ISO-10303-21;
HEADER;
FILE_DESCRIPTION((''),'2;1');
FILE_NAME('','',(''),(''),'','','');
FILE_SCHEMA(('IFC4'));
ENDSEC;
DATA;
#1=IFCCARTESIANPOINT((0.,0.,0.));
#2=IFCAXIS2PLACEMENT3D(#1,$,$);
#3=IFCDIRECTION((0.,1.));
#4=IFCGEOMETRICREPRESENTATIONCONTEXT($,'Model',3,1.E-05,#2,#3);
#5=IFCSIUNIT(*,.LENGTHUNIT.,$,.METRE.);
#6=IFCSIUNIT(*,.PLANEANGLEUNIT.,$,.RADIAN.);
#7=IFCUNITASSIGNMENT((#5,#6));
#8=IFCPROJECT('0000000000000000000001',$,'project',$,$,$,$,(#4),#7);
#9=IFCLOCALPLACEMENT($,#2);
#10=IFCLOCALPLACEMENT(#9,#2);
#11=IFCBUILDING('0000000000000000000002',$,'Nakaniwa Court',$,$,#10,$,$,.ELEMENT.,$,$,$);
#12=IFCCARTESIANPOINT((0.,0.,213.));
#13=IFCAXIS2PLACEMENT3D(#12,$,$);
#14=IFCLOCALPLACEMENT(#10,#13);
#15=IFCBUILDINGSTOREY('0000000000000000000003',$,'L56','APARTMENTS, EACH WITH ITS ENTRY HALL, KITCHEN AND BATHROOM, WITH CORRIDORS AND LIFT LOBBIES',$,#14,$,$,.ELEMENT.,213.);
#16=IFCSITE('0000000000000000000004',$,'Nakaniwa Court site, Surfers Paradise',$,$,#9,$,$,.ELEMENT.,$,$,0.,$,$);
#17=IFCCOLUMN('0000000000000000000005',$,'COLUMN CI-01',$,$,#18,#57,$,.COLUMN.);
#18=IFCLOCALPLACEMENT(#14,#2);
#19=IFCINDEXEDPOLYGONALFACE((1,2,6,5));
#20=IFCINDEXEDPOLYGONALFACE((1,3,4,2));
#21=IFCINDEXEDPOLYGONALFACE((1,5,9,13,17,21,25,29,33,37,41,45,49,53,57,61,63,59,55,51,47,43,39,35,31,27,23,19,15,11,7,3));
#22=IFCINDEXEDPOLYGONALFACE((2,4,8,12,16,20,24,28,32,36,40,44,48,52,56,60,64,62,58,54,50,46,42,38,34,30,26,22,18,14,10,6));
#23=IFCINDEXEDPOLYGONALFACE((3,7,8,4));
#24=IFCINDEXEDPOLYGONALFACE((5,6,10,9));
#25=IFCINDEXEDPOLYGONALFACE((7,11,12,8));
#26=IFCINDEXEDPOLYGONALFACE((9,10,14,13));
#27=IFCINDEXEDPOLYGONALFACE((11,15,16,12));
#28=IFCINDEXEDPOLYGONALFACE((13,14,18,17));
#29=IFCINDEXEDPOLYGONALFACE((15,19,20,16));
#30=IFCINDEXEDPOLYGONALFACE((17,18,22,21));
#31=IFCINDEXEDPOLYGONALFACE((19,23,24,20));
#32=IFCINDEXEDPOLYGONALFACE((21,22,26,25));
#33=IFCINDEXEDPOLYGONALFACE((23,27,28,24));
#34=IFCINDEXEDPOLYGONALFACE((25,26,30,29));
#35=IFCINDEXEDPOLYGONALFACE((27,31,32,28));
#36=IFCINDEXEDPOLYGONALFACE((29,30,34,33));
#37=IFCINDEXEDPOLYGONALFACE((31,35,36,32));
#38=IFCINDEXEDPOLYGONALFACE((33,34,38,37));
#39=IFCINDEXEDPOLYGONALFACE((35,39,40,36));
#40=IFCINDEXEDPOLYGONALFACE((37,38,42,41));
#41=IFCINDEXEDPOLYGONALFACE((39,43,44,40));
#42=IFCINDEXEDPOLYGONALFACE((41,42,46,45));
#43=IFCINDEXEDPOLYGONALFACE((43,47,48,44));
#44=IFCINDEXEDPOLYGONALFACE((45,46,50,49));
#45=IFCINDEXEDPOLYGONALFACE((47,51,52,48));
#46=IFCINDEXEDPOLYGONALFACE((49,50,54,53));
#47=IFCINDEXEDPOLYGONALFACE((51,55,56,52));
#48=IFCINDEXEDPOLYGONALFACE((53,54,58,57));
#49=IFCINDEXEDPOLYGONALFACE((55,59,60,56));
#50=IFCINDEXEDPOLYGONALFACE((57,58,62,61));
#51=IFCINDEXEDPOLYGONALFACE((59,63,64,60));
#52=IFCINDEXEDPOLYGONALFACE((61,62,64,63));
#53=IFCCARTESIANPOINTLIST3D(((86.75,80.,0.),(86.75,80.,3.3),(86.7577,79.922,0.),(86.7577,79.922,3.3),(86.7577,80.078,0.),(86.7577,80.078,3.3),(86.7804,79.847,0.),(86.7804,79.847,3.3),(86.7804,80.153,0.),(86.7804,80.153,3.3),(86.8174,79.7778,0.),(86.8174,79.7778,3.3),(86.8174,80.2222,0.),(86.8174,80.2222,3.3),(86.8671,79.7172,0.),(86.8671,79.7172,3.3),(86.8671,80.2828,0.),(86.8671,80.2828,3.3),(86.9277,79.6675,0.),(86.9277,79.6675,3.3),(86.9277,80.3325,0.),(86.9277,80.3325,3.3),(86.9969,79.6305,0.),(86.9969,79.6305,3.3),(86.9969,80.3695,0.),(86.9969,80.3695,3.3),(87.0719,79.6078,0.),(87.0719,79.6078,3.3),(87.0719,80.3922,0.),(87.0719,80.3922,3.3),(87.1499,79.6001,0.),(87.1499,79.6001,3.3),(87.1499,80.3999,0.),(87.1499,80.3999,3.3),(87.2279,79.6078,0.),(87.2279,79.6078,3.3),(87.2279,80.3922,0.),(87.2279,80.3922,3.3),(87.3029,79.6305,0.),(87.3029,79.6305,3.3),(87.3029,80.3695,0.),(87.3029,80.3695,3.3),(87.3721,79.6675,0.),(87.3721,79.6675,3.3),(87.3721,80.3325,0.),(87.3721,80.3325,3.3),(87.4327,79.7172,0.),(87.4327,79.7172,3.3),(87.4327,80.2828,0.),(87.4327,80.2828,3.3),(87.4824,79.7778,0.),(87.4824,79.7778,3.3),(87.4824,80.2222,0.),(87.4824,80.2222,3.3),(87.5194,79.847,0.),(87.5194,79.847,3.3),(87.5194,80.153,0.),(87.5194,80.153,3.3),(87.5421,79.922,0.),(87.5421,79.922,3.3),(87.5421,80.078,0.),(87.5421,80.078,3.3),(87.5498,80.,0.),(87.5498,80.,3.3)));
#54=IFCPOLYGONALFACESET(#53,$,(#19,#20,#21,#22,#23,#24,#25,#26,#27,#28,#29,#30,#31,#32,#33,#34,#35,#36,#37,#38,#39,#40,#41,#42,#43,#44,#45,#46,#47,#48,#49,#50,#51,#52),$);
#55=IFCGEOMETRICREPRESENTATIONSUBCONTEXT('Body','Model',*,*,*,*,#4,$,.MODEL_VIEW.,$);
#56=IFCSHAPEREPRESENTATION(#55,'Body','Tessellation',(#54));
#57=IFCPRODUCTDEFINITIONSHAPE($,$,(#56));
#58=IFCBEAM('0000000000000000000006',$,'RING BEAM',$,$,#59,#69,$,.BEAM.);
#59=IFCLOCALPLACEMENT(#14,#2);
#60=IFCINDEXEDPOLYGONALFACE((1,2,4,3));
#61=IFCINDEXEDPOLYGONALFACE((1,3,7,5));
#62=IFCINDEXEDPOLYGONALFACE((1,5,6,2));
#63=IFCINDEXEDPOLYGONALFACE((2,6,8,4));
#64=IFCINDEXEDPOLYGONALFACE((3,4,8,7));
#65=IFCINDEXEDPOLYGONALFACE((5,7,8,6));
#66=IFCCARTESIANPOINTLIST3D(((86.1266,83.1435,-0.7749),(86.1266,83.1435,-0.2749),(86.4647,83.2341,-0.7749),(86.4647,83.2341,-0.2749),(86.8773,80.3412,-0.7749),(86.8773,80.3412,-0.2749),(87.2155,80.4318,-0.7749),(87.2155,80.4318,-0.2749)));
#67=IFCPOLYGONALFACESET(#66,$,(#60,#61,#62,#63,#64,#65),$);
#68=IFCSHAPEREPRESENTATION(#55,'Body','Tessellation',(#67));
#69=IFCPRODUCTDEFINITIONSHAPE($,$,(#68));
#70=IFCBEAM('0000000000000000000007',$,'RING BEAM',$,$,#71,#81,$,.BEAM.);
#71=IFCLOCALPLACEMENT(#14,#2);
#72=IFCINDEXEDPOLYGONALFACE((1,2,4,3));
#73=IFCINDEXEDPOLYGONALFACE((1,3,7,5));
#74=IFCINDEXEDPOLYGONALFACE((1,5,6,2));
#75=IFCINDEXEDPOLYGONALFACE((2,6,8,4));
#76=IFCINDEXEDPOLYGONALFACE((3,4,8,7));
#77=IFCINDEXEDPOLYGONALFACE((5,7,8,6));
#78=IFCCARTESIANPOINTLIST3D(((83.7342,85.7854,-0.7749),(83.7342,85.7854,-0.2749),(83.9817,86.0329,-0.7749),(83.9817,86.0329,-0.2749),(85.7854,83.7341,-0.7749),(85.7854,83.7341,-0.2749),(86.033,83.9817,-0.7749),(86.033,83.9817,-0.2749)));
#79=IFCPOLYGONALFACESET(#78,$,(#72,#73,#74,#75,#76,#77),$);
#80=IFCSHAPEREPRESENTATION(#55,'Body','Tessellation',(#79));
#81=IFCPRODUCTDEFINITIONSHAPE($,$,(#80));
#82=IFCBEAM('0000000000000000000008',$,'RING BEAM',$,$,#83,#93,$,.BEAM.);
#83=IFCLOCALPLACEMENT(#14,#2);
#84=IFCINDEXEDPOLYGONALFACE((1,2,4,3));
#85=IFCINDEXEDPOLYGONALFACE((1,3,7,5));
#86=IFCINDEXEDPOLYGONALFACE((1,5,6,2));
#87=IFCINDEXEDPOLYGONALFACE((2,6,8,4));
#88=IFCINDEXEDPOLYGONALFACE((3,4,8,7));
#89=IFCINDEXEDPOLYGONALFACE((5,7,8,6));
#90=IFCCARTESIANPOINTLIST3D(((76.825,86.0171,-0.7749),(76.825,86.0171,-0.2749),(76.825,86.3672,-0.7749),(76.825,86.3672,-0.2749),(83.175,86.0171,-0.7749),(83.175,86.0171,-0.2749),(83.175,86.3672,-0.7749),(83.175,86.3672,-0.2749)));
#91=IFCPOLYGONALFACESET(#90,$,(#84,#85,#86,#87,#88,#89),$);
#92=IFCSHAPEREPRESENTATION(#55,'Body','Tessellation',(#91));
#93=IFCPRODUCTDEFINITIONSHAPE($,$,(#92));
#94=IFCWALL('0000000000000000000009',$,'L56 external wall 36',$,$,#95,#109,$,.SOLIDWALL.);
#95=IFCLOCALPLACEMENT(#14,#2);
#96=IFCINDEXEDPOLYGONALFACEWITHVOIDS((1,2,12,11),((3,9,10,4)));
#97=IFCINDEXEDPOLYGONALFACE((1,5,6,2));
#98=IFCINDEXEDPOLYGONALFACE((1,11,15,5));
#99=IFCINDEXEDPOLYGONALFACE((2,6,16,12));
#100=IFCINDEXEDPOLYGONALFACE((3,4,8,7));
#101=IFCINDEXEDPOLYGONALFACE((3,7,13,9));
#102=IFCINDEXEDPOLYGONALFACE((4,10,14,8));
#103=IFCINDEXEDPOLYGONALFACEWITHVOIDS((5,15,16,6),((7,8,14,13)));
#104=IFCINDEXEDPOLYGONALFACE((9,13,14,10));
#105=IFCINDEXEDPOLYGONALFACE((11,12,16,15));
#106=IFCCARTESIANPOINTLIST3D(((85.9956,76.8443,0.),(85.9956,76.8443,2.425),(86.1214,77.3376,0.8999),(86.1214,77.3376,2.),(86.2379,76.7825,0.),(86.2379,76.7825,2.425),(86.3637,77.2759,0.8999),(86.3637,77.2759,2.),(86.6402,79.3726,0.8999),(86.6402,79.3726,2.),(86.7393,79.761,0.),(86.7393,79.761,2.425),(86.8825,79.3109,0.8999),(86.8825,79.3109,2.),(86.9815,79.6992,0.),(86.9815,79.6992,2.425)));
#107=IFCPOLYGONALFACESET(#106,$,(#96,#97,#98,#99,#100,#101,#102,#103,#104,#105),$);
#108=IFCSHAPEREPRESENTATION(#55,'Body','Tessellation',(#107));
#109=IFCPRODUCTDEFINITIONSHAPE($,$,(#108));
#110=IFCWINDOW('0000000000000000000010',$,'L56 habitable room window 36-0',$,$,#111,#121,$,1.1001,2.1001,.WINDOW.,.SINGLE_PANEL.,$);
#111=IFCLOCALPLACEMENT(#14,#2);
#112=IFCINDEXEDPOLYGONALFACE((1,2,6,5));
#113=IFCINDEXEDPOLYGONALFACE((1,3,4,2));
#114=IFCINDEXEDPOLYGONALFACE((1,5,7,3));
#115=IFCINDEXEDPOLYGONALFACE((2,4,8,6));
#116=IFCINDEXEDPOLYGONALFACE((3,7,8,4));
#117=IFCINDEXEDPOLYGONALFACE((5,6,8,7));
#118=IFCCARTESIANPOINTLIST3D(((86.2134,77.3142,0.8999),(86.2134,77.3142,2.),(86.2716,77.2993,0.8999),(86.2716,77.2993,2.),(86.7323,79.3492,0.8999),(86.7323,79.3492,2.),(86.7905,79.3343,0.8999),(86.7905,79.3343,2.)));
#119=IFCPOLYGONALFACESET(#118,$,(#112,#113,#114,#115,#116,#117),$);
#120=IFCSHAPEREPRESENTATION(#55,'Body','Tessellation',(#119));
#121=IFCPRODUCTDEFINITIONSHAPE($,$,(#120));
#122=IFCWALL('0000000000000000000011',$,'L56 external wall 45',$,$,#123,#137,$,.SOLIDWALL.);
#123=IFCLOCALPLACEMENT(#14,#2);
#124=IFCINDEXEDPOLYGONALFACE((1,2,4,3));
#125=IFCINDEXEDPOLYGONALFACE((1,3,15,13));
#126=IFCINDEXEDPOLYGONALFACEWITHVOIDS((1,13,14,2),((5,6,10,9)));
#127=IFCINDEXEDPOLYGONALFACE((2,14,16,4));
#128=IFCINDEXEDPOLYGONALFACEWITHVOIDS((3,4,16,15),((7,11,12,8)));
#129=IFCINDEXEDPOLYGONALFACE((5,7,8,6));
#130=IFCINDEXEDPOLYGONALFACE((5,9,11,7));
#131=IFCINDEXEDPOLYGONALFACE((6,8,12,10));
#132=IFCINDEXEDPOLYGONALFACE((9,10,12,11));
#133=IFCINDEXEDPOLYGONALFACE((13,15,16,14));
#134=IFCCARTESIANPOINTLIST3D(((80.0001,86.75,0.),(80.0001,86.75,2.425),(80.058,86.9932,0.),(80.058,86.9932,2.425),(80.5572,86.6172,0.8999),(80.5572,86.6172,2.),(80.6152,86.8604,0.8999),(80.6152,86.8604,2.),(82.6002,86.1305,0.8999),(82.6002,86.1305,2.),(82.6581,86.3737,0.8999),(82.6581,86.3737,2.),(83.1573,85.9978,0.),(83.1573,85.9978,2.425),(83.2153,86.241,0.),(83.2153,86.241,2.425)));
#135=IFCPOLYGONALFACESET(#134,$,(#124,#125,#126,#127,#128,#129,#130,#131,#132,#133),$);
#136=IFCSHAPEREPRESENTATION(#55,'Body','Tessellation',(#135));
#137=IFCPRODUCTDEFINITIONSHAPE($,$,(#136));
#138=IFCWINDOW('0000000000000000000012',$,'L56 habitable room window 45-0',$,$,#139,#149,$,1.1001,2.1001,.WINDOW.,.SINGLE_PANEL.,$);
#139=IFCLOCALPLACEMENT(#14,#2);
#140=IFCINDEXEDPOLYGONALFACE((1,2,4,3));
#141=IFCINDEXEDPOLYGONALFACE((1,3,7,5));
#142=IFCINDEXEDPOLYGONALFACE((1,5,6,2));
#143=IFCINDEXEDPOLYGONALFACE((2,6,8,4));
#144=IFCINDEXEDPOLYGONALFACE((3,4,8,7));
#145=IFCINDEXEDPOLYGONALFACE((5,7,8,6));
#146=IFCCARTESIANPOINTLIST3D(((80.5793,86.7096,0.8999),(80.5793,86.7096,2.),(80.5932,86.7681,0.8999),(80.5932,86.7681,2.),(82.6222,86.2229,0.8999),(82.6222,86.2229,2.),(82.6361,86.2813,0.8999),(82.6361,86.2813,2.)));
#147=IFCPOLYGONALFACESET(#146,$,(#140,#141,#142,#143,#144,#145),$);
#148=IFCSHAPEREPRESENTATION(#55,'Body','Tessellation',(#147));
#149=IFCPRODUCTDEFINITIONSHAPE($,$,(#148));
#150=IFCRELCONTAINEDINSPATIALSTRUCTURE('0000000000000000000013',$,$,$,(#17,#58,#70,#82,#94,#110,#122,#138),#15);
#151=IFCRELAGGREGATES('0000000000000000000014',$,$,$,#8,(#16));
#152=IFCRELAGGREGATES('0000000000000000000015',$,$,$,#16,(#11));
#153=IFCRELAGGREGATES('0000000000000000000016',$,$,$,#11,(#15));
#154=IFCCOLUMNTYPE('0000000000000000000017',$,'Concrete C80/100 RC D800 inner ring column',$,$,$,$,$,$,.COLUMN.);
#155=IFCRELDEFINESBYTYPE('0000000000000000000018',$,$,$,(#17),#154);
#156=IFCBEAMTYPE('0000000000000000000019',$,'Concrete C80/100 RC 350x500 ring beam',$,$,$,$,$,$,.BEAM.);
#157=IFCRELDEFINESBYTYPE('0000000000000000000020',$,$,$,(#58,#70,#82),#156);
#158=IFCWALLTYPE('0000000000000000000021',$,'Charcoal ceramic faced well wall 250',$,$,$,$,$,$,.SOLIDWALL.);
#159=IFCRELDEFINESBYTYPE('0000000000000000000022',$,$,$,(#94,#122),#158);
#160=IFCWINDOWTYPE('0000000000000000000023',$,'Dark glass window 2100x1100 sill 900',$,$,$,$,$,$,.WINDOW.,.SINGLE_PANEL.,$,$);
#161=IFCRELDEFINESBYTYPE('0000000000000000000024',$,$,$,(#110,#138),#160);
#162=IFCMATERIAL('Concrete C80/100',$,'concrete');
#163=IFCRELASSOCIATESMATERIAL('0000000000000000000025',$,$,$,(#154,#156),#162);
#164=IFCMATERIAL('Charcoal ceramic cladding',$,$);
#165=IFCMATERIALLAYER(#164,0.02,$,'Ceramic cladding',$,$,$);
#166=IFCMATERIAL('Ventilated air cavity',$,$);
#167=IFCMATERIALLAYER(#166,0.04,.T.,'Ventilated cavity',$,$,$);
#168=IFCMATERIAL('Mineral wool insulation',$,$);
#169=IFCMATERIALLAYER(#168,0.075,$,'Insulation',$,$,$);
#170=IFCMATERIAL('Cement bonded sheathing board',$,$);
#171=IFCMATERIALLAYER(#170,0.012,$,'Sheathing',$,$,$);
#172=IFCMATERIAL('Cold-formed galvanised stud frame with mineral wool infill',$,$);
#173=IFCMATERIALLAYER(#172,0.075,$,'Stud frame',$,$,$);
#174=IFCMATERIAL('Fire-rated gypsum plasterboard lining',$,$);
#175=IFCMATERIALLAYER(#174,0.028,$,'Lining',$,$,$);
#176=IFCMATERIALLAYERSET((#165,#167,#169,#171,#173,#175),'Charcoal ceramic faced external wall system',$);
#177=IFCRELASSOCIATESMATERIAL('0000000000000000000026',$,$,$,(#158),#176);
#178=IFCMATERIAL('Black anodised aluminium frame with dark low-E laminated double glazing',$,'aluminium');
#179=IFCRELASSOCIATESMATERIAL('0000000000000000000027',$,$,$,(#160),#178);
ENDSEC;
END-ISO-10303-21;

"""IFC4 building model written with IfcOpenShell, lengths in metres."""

from ifc_helpers import new_model, si_unit, direction, frame, frame_2d, origin, origin_2d, place, context, subcontext, project, spatial, rectangle, circle, extrude, material, layer, layer_set, material_profile, profile_set, type_object, element, fill, save


model = new_model("IFC4")

# Units and contexts
model_context = context("Model", 3, precision=1e-05, world=origin(), true_north=direction((0.0, 1.0)))
body_context = subcontext(model_context, "Body", "Model", "MODEL_VIEW")
ifc_project = project(units=[si_unit("LENGTHUNIT", "METRE"), si_unit("PLANEANGLEUNIT", "RADIAN")], contexts=[model_context])

# Site, building, storey
site_placement = place(None, origin())
site = spatial("IfcSite", under=ifc_project, at=site_placement, Name="Nakaniwa Court site, Surfers Paradise", CompositionType="ELEMENT", RefElevation=0.0)
building_placement = place(site_placement, origin())
building = spatial("IfcBuilding", under=site, at=building_placement, Name="Nakaniwa Court", CompositionType="ELEMENT")
storey_placement = place(building_placement, frame((0.0, 0.0, 213.0)))
storey = spatial("IfcBuildingStorey", under=building, at=storey_placement, Name="L56", Description="APARTMENTS, EACH WITH ITS ENTRY HALL, KITCHEN AND BATHROOM, WITH CORRIDORS AND LIFT LOBBIES", CompositionType="ELEMENT", Elevation=213.0)

# Column
ifc_material_1 = material(Name="Concrete C80/100", Category="concrete")
ifc_material_profile_1 = material_profile(ifc_material_1, circle(Radius=0.3999, at=origin_2d()), Name="Concrete C80/100 RC D800 inner ring column")
ifc_profile_set_1 = profile_set([ifc_material_profile_1], Name="Concrete C80/100")
column_type = type_object("IfcColumnType", Name="Concrete C80/100 RC D800 inner ring column", PredefinedType="COLUMN", material=ifc_profile_set_1)
for number, where, z_axis, x_axis, name in (
    (1, (87.1499, 80.0, 0.0), (0.0, 0.0, 1.0), (0.0, 1.0, 0.0), "COLUMN CI-01"),
):
    element("IfcColumn", number, at=place(storey_placement, frame(where, z_axis=z_axis, x_axis=x_axis)), inside=storey, type_object=column_type, Name=name, PredefinedType="COLUMN", context=body_context, shape_type="SweptSolid", body=[
        extrude(circle(Radius=0.3999, at=origin_2d()), origin(), (0.0, 0.0, 1.0), 3.3),
    ])

# Beams
ifc_material_profile_2 = material_profile(ifc_material_1, rectangle(XDim=0.3501, YDim=0.5, at=origin_2d()), Name="Concrete C80/100 RC 350x500 ring beam")
ifc_profile_set_2 = profile_set([ifc_material_profile_2], Name="Concrete C80/100")
beam_type = type_object("IfcBeamType", Name="Concrete C80/100 RC 350x500 ring beam", PredefinedType="BEAM", material=ifc_profile_set_2)
beam_1_placement = place(storey_placement, frame((87.0464, 80.3865, -0.5249), z_axis=(-0.258778, 0.965937, 0.0), x_axis=(-0.965937, -0.258778, 0.0)))
element("IfcBeam", 2, at=beam_1_placement, inside=storey, type_object=beam_type, Name="RING BEAM", PredefinedType="BEAM", context=body_context, shape_type="SweptSolid", body=[
    extrude(rectangle(XDim=0.3501, YDim=0.5, at=origin_2d()), origin(), (0.0, 0.0, 1.0), 2.9011),
])
beam_2_placement = place(storey_placement, frame((85.9092, 83.8579, -0.5249), z_axis=(-0.707107, 0.707107, 0.0), x_axis=(-0.707107, -0.707107, 0.0)))
element("IfcBeam", 3, at=beam_2_placement, inside=storey, type_object=beam_type, Name="RING BEAM", PredefinedType="BEAM", context=body_context, shape_type="SweptSolid", body=[
    extrude(rectangle(XDim=0.3501, YDim=0.5, at=origin_2d()), origin(), (0.0, 0.0, 1.0), 2.9009),
])
beam_3_placement = place(storey_placement, frame((83.175, 86.1921, -0.5249), z_axis=(-1.0, 0.0, 0.0), x_axis=(0.0, -1.0, 0.0)))
element("IfcBeam", 4, at=beam_3_placement, inside=storey, type_object=beam_type, Name="RING BEAM", PredefinedType="BEAM", context=body_context, shape_type="SweptSolid", body=[
    extrude(rectangle(XDim=0.3501, YDim=0.5, at=origin_2d()), origin(), (0.0, 0.0, 1.0), 6.3501),
])

# Walls, openings, windows
ifc_material_2 = material(Name="Charcoal ceramic cladding")
ifc_layer_1 = layer(ifc_material_2, 0.02, Name="Ceramic cladding")
ifc_material_3 = material(Name="Ventilated air cavity")
ifc_layer_2 = layer(ifc_material_3, 0.04, ventilated=True, Name="Ventilated cavity")
ifc_material_4 = material(Name="Mineral wool insulation")
ifc_layer_3 = layer(ifc_material_4, 0.075, Name="Insulation")
ifc_material_5 = material(Name="Cement bonded sheathing board")
ifc_layer_4 = layer(ifc_material_5, 0.012, Name="Sheathing")
ifc_material_6 = material(Name="Cold-formed galvanised stud frame with mineral wool infill")
ifc_layer_5 = layer(ifc_material_6, 0.075, Name="Stud frame")
ifc_material_7 = material(Name="Fire-rated gypsum plasterboard lining")
ifc_layer_6 = layer(ifc_material_7, 0.028, Name="Lining")
ifc_layer_set_1 = layer_set([ifc_layer_1, ifc_layer_2, ifc_layer_3, ifc_layer_4, ifc_layer_5, ifc_layer_6], Name="Charcoal ceramic faced external wall system")
wall_type_1 = type_object("IfcWallType", Name="Charcoal ceramic faced well wall 250", PredefinedType="SOLIDWALL", material=ifc_layer_set_1)
wall_1_placement = place(storey_placement, frame((86.8604, 79.73, 0.0), z_axis=(0.0, 0.0, 1.0), x_axis=(-0.247056, -0.969001, 0.0)))
wall_1 = element("IfcWall", 5, at=wall_1_placement, inside=storey, type_object=wall_type_1, Name="L56 external wall 36", PredefinedType="SOLIDWALL", context=body_context, shape_type="SweptSolid", body=[
    extrude(rectangle(XDim=3.01, YDim=0.25, at=frame_2d((1.5049, 0.0))), origin(), (0.0, 0.0, 1.0), 2.425),
])
opening_1_placement = place(wall_1_placement, frame((0.4006, 0.0, 0.8999)))
opening_1 = element("IfcOpeningElement", 6, at=opening_1_placement, cuts=wall_1, PredefinedType="OPENING", context=body_context, shape_type="SweptSolid", body=[
    extrude(rectangle(XDim=2.1001, YDim=1.1001, at=frame_2d((1.05, 0.55))), frame((0.0, 0.135, 0.0), z_axis=(0.0, -1.0, 0.0), x_axis=(1.0, 0.0, 0.0)), (0.0, 0.0, 1.0), 0.27),
])
ifc_material_8 = material(Name="Black anodised aluminium frame with dark low-E laminated double glazing", Category="aluminium")
window_type = type_object("IfcWindowType", Name="Dark glass window 2100x1100 sill 900", PartitioningType="SINGLE_PANEL", PredefinedType="WINDOW", material=ifc_material_8)
window_1_placement = place(opening_1_placement, origin())
window_1 = element("IfcWindow", 7, at=window_1_placement, inside=storey, type_object=window_type, Name="L56 habitable room window 36-0", OverallHeight=1.1001, OverallWidth=2.1001, PartitioningType="SINGLE_PANEL", PredefinedType="WINDOW", context=body_context, shape_type="SweptSolid", body=[
    extrude(rectangle(XDim=2.1001, YDim=1.1001, at=frame_2d((1.05, 0.55))), frame((0.0, 0.03, 0.0), z_axis=(0.0, -1.0, 0.0), x_axis=(1.0, 0.0, 0.0)), (0.0, 0.0, 1.0), 0.0601),
])
fill(opening_1, window_1)
wall_2_placement = place(storey_placement, frame((80.0291, 86.8716, 0.0), z_axis=(0.0, 0.0, 1.0), x_axis=(0.972773, -0.23176, 0.0)))
wall_2 = element("IfcWall", 8, at=wall_2_placement, inside=storey, type_object=wall_type_1, Name="L56 external wall 45", PredefinedType="SOLIDWALL", context=body_context, shape_type="SweptSolid", body=[
    extrude(rectangle(XDim=3.2456, YDim=0.25, at=frame_2d((1.6228, 0.0))), origin(), (0.0, 0.0, 1.0), 2.425),
])
opening_2_placement = place(wall_2_placement, frame((0.5728, 0.0, 0.8999)))
opening_2 = element("IfcOpeningElement", 9, at=opening_2_placement, cuts=wall_2, PredefinedType="OPENING", context=body_context, shape_type="SweptSolid", body=[
    extrude(rectangle(XDim=2.1001, YDim=1.1001, at=frame_2d((1.05, 0.55))), frame((0.0, 0.135, 0.0), z_axis=(0.0, -1.0, 0.0), x_axis=(1.0, 0.0, 0.0)), (0.0, 0.0, 1.0), 0.27),
])
window_2_placement = place(opening_2_placement, origin())
window_2 = element("IfcWindow", 10, at=window_2_placement, inside=storey, type_object=window_type, Name="L56 habitable room window 45-0", OverallHeight=1.1001, OverallWidth=2.1001, PartitioningType="SINGLE_PANEL", PredefinedType="WINDOW", context=body_context, shape_type="SweptSolid", body=[
    extrude(rectangle(XDim=2.1001, YDim=1.1001, at=frame_2d((1.05, 0.55))), frame((0.0, 0.03, 0.0), z_axis=(0.0, -1.0, 0.0), x_axis=(1.0, 0.0, 0.0)), (0.0, 0.0, 1.0), 0.0601),
])
fill(opening_2, window_2)

save(model, "model.ifc")
